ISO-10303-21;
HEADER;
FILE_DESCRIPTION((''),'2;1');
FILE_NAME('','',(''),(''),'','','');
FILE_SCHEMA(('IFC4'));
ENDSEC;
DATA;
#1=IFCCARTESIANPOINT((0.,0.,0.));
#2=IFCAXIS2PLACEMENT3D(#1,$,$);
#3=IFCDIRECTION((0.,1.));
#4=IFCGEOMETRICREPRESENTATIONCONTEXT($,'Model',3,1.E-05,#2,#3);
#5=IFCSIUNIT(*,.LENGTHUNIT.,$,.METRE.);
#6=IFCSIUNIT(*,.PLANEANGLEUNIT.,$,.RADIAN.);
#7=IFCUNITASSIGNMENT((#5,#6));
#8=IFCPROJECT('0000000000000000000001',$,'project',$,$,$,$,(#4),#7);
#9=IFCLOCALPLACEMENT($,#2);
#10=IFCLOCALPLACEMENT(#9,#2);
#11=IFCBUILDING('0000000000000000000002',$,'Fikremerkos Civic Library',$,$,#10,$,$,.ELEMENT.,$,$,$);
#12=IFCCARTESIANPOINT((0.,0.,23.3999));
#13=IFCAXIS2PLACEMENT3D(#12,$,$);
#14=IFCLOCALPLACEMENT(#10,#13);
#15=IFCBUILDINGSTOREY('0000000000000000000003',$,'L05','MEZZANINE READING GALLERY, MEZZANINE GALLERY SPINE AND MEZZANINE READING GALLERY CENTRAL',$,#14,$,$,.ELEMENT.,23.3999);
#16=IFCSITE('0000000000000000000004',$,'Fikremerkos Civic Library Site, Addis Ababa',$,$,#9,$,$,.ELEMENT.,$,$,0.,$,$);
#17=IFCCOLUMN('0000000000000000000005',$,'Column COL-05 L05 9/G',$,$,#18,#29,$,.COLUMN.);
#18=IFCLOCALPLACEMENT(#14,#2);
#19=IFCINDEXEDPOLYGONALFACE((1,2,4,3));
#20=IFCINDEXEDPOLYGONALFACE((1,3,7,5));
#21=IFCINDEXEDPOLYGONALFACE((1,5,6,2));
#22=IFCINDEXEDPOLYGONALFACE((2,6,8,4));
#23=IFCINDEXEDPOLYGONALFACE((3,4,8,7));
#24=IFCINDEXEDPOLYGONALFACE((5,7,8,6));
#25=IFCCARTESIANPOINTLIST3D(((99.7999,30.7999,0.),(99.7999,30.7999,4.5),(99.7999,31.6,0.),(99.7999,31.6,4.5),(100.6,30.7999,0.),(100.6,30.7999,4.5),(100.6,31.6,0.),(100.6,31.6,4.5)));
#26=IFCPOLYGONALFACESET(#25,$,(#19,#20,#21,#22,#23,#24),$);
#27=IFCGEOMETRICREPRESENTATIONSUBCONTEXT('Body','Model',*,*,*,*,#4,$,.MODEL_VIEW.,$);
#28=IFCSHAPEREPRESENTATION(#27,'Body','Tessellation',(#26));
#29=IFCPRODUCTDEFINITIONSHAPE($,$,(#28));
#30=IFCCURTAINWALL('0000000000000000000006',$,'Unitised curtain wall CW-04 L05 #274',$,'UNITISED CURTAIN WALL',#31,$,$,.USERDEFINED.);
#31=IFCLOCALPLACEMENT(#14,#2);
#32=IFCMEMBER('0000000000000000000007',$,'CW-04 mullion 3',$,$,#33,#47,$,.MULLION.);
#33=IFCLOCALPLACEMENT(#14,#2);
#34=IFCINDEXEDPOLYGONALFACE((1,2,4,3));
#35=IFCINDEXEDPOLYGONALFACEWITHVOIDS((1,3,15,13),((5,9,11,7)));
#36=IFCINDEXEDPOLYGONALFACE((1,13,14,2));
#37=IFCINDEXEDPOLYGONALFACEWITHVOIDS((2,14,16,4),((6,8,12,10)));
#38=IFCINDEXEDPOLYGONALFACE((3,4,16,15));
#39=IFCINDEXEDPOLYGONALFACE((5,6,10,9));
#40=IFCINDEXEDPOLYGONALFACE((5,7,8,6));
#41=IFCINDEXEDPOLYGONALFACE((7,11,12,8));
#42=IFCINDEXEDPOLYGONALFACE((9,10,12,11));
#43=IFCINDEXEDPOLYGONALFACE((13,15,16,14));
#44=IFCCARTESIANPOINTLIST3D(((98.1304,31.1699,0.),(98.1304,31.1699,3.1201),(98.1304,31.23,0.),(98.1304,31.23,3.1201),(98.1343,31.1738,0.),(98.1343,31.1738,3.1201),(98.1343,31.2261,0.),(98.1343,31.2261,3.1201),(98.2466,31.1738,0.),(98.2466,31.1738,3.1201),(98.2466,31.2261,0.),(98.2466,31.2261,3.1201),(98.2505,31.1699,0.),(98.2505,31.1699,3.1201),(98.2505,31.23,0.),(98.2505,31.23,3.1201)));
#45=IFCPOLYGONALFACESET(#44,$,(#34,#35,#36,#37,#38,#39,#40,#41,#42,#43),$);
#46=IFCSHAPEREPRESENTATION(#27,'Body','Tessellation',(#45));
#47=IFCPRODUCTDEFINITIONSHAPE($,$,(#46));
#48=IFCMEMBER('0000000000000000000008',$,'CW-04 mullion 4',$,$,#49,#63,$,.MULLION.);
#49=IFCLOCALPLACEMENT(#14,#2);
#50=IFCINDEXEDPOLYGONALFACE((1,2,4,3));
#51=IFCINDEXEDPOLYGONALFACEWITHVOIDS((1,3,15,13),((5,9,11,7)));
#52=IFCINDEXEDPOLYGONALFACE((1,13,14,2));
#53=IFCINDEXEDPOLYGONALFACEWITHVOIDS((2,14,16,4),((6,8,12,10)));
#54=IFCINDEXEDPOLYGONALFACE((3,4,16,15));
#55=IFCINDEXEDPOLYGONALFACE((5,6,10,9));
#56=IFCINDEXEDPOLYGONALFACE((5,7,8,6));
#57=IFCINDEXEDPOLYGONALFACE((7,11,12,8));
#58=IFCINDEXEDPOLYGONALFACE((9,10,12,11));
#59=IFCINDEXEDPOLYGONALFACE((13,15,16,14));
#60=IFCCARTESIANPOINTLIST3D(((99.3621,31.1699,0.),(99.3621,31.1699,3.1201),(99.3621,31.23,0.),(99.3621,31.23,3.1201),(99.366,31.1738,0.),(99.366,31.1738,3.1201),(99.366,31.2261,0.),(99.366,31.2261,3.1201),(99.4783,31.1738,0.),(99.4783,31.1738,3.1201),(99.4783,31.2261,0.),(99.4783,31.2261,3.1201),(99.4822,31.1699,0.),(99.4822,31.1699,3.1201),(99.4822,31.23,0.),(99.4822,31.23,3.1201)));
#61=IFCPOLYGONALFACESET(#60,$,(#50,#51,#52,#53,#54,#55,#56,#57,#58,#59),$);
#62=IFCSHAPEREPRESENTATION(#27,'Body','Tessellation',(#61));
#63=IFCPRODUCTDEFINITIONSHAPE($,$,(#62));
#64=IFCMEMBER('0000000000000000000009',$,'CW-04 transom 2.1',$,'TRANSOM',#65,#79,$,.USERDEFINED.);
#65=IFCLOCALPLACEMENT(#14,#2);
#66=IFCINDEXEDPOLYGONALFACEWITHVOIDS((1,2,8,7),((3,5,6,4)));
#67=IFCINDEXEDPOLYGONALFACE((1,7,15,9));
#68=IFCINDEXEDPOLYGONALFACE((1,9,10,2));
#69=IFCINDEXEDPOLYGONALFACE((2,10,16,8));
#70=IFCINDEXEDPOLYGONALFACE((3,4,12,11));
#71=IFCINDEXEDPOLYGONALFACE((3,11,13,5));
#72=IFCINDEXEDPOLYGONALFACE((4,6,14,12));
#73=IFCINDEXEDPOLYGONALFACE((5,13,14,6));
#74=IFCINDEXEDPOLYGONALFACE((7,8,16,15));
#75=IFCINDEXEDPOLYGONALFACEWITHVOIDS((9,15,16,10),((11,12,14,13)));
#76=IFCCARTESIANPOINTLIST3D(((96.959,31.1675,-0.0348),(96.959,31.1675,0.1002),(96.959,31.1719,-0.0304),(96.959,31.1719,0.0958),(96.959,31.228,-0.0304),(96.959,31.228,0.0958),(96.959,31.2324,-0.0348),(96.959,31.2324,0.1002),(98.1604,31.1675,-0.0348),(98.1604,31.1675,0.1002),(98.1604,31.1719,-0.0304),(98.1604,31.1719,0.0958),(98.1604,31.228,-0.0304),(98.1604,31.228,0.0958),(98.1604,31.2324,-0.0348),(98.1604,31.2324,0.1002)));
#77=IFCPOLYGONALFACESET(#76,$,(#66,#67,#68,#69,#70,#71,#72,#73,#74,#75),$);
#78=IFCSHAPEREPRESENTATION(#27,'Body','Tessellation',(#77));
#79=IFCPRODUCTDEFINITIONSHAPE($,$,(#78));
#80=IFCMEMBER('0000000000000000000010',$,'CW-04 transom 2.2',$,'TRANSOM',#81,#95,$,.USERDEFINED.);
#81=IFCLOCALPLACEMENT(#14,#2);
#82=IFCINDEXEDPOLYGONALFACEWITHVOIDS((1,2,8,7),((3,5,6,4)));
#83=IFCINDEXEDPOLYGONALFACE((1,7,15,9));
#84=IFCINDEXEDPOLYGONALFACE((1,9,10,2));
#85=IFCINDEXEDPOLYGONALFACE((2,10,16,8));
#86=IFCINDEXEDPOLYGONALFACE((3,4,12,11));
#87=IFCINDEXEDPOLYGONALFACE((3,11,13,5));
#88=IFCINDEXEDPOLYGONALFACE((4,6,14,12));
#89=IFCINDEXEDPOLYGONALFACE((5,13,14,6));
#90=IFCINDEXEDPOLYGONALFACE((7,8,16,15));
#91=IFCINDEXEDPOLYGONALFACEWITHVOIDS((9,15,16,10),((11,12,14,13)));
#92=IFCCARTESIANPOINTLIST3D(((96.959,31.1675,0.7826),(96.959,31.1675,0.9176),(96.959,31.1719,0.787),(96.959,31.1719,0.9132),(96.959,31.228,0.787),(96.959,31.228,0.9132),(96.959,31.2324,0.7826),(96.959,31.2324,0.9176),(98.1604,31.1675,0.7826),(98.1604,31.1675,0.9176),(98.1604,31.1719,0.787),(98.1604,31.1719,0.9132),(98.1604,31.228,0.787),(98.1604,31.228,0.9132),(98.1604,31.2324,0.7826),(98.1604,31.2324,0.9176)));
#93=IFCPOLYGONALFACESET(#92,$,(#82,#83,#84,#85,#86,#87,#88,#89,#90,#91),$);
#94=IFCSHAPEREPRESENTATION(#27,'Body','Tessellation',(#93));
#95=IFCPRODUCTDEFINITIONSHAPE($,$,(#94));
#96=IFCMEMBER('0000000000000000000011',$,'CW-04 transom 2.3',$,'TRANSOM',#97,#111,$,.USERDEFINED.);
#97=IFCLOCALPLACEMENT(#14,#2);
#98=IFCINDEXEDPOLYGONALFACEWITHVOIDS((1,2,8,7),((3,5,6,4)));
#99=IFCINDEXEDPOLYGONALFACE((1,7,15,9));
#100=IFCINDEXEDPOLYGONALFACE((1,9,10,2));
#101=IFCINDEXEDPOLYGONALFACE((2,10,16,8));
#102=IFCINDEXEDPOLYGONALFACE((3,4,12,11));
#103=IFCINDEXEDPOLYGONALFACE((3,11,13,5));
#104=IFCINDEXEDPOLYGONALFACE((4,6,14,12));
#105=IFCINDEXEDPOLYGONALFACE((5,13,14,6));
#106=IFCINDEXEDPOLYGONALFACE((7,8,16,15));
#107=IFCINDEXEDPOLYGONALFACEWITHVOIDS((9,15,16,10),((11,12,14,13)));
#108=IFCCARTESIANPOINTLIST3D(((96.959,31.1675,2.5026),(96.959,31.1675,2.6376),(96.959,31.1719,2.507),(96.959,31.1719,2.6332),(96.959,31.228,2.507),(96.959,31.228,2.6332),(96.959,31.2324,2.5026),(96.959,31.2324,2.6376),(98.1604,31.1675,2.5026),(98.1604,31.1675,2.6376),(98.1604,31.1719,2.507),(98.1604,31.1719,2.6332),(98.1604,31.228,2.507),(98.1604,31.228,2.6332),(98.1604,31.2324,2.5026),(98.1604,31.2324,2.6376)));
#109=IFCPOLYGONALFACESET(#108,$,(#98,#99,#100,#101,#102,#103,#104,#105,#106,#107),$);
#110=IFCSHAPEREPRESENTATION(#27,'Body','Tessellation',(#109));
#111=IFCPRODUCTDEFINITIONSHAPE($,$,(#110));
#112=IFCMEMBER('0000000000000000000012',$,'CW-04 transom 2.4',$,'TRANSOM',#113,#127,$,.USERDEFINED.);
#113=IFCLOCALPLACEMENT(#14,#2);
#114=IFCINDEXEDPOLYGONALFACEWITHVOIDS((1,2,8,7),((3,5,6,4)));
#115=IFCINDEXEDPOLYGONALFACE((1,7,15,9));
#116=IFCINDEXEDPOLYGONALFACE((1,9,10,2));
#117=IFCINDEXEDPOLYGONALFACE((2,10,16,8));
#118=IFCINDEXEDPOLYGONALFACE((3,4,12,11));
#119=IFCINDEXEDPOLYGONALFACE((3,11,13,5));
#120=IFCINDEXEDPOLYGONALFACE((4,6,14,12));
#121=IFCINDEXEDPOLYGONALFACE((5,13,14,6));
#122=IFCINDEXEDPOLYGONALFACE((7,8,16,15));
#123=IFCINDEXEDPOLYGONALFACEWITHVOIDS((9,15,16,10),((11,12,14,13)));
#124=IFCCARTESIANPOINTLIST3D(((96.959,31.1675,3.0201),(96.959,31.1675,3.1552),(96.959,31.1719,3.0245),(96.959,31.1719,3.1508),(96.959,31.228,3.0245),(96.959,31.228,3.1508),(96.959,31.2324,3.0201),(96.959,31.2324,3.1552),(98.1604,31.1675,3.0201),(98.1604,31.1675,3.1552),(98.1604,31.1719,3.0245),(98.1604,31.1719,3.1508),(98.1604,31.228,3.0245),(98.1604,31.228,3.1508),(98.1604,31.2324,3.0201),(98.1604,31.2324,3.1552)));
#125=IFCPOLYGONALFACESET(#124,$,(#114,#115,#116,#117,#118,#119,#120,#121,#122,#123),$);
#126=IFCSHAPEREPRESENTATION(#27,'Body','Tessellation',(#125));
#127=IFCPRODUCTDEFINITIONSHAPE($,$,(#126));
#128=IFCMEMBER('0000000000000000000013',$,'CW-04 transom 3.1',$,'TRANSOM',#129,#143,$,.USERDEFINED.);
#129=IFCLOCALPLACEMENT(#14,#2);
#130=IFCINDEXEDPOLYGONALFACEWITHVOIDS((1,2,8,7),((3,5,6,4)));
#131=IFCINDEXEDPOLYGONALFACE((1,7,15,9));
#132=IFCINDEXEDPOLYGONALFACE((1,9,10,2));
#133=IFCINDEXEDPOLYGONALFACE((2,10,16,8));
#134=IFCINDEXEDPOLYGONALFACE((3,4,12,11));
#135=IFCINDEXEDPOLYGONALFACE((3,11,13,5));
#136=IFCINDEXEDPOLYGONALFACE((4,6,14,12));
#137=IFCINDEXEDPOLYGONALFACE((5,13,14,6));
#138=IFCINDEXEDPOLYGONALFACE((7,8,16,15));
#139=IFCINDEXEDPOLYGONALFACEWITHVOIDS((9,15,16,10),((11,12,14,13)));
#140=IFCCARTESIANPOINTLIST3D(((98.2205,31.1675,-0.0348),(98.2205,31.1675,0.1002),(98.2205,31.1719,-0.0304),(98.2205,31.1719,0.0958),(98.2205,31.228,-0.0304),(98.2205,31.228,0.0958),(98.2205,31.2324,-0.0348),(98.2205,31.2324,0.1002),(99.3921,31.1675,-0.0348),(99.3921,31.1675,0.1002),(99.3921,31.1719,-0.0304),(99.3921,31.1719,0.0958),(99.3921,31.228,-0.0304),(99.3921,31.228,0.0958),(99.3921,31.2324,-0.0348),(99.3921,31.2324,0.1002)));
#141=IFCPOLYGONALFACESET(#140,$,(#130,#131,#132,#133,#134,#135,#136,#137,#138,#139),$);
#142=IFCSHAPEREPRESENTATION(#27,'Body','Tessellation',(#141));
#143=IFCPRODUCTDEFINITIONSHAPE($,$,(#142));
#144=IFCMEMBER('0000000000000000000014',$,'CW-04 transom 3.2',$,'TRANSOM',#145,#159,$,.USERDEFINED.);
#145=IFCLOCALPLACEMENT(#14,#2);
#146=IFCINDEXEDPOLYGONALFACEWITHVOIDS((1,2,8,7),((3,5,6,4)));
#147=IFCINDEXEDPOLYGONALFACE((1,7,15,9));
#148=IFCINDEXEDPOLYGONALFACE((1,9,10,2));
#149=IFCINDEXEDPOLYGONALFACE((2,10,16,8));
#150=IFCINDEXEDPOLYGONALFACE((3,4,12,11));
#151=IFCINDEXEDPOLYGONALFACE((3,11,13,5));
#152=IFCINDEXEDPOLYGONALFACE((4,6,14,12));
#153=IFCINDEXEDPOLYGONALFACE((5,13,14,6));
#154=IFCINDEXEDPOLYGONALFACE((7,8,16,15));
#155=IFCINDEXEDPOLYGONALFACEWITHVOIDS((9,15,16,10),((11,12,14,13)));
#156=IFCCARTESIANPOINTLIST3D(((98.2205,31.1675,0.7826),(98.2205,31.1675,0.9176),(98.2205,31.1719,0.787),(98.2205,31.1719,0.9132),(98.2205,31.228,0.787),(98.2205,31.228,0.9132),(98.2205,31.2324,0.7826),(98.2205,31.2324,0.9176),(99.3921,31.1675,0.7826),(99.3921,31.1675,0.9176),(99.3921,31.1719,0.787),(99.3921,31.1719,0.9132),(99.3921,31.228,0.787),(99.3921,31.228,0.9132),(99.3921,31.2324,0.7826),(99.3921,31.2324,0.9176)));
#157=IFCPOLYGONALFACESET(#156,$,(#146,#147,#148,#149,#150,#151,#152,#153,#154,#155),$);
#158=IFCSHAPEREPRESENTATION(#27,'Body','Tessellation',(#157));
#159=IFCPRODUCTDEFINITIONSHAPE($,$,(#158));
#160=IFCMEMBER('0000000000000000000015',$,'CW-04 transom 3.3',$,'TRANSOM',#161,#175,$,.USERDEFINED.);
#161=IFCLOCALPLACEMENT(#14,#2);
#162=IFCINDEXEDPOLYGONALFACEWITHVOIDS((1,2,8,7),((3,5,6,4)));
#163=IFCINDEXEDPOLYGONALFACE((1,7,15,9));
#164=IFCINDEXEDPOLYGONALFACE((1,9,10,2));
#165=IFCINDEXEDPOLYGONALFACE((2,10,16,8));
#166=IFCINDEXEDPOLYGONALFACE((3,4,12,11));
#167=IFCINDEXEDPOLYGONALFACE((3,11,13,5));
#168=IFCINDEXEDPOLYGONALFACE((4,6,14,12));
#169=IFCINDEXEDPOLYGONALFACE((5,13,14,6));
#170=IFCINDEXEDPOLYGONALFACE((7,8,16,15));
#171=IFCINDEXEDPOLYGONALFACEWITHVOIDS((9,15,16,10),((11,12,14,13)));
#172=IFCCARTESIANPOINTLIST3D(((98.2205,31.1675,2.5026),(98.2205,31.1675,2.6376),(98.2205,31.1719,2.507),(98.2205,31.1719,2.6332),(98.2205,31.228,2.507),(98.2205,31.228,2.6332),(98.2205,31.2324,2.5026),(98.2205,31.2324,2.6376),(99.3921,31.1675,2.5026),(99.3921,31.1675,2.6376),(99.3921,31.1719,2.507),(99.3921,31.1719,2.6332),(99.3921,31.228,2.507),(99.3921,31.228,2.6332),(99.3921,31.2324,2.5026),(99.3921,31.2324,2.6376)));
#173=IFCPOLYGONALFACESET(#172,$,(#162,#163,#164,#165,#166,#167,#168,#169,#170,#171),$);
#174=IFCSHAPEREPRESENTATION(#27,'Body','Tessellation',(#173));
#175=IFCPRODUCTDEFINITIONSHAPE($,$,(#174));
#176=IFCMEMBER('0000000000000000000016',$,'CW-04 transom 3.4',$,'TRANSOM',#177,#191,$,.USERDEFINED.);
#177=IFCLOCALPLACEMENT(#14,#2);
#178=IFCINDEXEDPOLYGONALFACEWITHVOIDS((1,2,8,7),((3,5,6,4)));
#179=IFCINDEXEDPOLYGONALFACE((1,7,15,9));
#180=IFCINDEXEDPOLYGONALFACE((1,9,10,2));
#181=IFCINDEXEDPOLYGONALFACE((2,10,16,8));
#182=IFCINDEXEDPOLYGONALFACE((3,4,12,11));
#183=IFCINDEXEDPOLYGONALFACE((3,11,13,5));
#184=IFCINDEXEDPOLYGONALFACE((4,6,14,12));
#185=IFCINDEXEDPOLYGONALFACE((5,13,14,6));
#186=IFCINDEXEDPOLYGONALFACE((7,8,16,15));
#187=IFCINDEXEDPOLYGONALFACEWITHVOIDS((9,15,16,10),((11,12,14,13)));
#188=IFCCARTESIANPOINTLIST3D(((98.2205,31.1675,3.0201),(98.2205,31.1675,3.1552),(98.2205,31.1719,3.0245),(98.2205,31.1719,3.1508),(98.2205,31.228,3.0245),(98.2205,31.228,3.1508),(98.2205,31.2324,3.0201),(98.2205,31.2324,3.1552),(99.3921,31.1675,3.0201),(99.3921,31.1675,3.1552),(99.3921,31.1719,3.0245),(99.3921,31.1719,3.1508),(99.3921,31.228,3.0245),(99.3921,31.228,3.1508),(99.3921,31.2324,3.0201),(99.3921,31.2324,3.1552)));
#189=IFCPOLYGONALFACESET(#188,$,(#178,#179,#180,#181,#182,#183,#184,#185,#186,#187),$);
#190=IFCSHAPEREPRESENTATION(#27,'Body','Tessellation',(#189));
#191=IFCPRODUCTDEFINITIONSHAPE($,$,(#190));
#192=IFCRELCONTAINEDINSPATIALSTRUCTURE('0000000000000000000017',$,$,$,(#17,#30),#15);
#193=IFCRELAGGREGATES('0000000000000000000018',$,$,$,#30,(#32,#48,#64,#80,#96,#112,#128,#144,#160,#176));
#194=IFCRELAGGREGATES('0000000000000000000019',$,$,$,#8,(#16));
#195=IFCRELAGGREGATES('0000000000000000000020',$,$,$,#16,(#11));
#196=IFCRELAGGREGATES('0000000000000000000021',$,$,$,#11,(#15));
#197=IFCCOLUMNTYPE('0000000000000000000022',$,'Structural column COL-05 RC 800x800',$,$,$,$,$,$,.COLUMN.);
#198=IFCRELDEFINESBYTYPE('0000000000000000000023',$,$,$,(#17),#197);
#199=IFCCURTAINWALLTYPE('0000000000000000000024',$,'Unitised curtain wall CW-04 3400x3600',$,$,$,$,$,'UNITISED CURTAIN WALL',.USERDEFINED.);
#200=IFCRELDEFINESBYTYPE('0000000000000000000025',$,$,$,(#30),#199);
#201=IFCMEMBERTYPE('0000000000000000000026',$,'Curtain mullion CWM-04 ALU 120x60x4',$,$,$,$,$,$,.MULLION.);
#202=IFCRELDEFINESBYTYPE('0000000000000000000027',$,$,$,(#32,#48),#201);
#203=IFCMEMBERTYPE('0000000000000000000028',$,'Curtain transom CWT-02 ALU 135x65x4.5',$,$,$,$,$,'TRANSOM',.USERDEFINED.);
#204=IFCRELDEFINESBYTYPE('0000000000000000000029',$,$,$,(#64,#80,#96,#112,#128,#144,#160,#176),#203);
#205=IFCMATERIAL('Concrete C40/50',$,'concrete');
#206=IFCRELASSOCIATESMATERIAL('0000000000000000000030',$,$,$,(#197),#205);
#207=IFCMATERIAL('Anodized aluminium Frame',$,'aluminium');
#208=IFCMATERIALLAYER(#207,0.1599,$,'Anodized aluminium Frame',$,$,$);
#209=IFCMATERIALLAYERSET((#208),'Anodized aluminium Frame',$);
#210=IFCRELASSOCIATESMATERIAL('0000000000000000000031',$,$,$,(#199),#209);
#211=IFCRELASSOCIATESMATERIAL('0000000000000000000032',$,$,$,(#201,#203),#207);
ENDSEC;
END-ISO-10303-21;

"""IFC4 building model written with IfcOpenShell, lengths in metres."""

from ifc_helpers import new_model, si_unit, direction, frame, origin, origin_2d, place, context, subcontext, project, spatial, rectangle, hollow_rectangle, extrude, material, layer, layer_set, material_profile, profile_set, type_object, element, aggregate, save


model = new_model("IFC4")

# Units and contexts
model_context = context("Model", 3, precision=1e-05, world=origin(), true_north=direction((0.0, 1.0)))
body_context = subcontext(model_context, "Body", "Model", "MODEL_VIEW")
ifc_project = project(units=[si_unit("LENGTHUNIT", "METRE"), si_unit("PLANEANGLEUNIT", "RADIAN")], contexts=[model_context])

# Site, building, storey
site_placement = place(None, origin())
site = spatial("IfcSite", under=ifc_project, at=site_placement, Name="Fikremerkos Civic Library Site, Addis Ababa", CompositionType="ELEMENT", RefElevation=0.0)
building_placement = place(site_placement, origin())
building = spatial("IfcBuilding", under=site, at=building_placement, Name="Fikremerkos Civic Library", CompositionType="ELEMENT")
storey_placement = place(building_placement, frame((0.0, 0.0, 23.3999)))
storey = spatial("IfcBuildingStorey", under=building, at=storey_placement, Name="L05", Description="MEZZANINE READING GALLERY, MEZZANINE GALLERY SPINE AND MEZZANINE READING GALLERY CENTRAL", CompositionType="ELEMENT", Elevation=23.3999)

# Column
ifc_material_1 = material(Name="Concrete C40/50", Category="concrete")
ifc_material_profile_1 = material_profile(ifc_material_1, rectangle(XDim=0.8, YDim=0.8, at=origin_2d()), Name="RC 800x800")
ifc_profile_set_1 = profile_set([ifc_material_profile_1], Name="Concrete C40/50")
column_type = type_object("IfcColumnType", Name="Structural column COL-05 RC 800x800", PredefinedType="COLUMN", material=ifc_profile_set_1)
column_placement = place(storey_placement, frame((100.2, 31.2, 0.0), z_axis=(0.0, 0.0, 1.0), x_axis=(1.0, 0.0, 0.0)))
element("IfcColumn", 1, at=column_placement, inside=storey, type_object=column_type, Name="Column COL-05 L05 9/G", PredefinedType="COLUMN", context=body_context, shape_type="SweptSolid", body=[
    extrude(rectangle(XDim=0.8, YDim=0.8, at=origin_2d()), origin(), (0.0, 0.0, 1.0), 4.5),
])

# Curtain wall, members
ifc_material_2 = material(Name="Anodized aluminium Frame", Category="aluminium")
ifc_layer_1 = layer(ifc_material_2, 0.1599, Name="Anodized aluminium Frame")
ifc_layer_set_1 = layer_set([ifc_layer_1], Name="Anodized aluminium Frame")
curtain_wall_type = type_object("IfcCurtainWallType", Name="Unitised curtain wall CW-04 3400x3600", ElementType="UNITISED CURTAIN WALL", PredefinedType="USERDEFINED", material=ifc_layer_set_1)
curtain_wall_placement = place(storey_placement, origin())
curtain_wall = element("IfcCurtainWall", 2, at=curtain_wall_placement, inside=storey, type_object=curtain_wall_type, Name="Unitised curtain wall CW-04 L05 #274", ObjectType="UNITISED CURTAIN WALL", PredefinedType="USERDEFINED")
ifc_material_profile_2 = material_profile(ifc_material_2, hollow_rectangle(XDim=0.0601, YDim=0.1201, WallThickness=0.0039, at=origin_2d()), Name="ALU 120x60x4")
ifc_profile_set_2 = profile_set([ifc_material_profile_2], Name="Anodized aluminium Frame")
member_type_1 = type_object("IfcMemberType", Name="Curtain mullion CWM-04 ALU 120x60x4", PredefinedType="MULLION", material=ifc_profile_set_2)
member_1_placement = place(storey_placement, frame((98.1904, 31.2, 0.0), z_axis=(0.0, 0.0, 1.0), x_axis=(0.0, 1.0, 0.0)))
member_1 = element("IfcMember", 3, at=member_1_placement, type_object=member_type_1, Name="CW-04 mullion 3", PredefinedType="MULLION", context=body_context, shape_type="SweptSolid", body=[
    extrude(hollow_rectangle(XDim=0.0601, YDim=0.1201, WallThickness=0.0039, at=origin_2d()), origin(), (0.0, 0.0, 1.0), 3.1201),
])
member_2_placement = place(storey_placement, frame((99.4221, 31.2, 0.0), z_axis=(0.0, 0.0, 1.0), x_axis=(0.0, 1.0, 0.0)))
member_2 = element("IfcMember", 4, at=member_2_placement, type_object=member_type_1, Name="CW-04 mullion 4", PredefinedType="MULLION", context=body_context, shape_type="SweptSolid", body=[
    extrude(hollow_rectangle(XDim=0.0601, YDim=0.1201, WallThickness=0.0039, at=origin_2d()), origin(), (0.0, 0.0, 1.0), 3.1201),
])
ifc_material_profile_3 = material_profile(ifc_material_2, hollow_rectangle(XDim=0.0649, YDim=0.135, WallThickness=0.0044, at=origin_2d()), Name="ALU 135x65x4.5")
ifc_profile_set_3 = profile_set([ifc_material_profile_3], Name="Anodized aluminium Frame")
member_type_2 = type_object("IfcMemberType", Name="Curtain transom CWT-02 ALU 135x65x4.5", ElementType="TRANSOM", PredefinedType="USERDEFINED", material=ifc_profile_set_3)
member_3_placement = place(storey_placement, frame((96.959, 31.2, 0.0327), z_axis=(1.0, 0.0, 0.0), x_axis=(0.0, 1.0, 0.0)))
member_3 = element("IfcMember", 5, at=member_3_placement, type_object=member_type_2, Name="CW-04 transom 2.1", ObjectType="TRANSOM", PredefinedType="USERDEFINED", context=body_context, shape_type="SweptSolid", body=[
    extrude(hollow_rectangle(XDim=0.0649, YDim=0.135, WallThickness=0.0044, at=origin_2d()), origin(), (0.0, 0.0, 1.0), 1.2014),
])
member_4_placement = place(storey_placement, frame((96.959, 31.2, 0.8501), z_axis=(1.0, 0.0, 0.0), x_axis=(0.0, 1.0, 0.0)))
member_4 = element("IfcMember", 6, at=member_4_placement, type_object=member_type_2, Name="CW-04 transom 2.2", ObjectType="TRANSOM", PredefinedType="USERDEFINED", context=body_context, shape_type="SweptSolid", body=[
    extrude(hollow_rectangle(XDim=0.0649, YDim=0.135, WallThickness=0.0044, at=origin_2d()), origin(), (0.0, 0.0, 1.0), 1.2014),
])
member_5_placement = place(storey_placement, frame((96.959, 31.2, 2.5701), z_axis=(1.0, 0.0, 0.0), x_axis=(0.0, 1.0, 0.0)))
member_5 = element("IfcMember", 7, at=member_5_placement, type_object=member_type_2, Name="CW-04 transom 2.3", ObjectType="TRANSOM", PredefinedType="USERDEFINED", context=body_context, shape_type="SweptSolid", body=[
    extrude(hollow_rectangle(XDim=0.0649, YDim=0.135, WallThickness=0.0044, at=origin_2d()), origin(), (0.0, 0.0, 1.0), 1.2014),
])
member_6_placement = place(storey_placement, frame((96.959, 31.2, 3.0876), z_axis=(1.0, 0.0, 0.0), x_axis=(0.0, 1.0, 0.0)))
member_6 = element("IfcMember", 8, at=member_6_placement, type_object=member_type_2, Name="CW-04 transom 2.4", ObjectType="TRANSOM", PredefinedType="USERDEFINED", context=body_context, shape_type="SweptSolid", body=[
    extrude(hollow_rectangle(XDim=0.0649, YDim=0.135, WallThickness=0.0044, at=origin_2d()), origin(), (0.0, 0.0, 1.0), 1.2014),
])
member_7_placement = place(storey_placement, frame((98.2205, 31.2, 0.0327), z_axis=(1.0, 0.0, 0.0), x_axis=(0.0, 1.0, 0.0)))
member_7 = element("IfcMember", 9, at=member_7_placement, type_object=member_type_2, Name="CW-04 transom 3.1", ObjectType="TRANSOM", PredefinedType="USERDEFINED", context=body_context, shape_type="SweptSolid", body=[
    extrude(hollow_rectangle(XDim=0.0649, YDim=0.135, WallThickness=0.0044, at=origin_2d()), origin(), (0.0, 0.0, 1.0), 1.1716),
])
member_8_placement = place(storey_placement, frame((98.2205, 31.2, 0.8501), z_axis=(1.0, 0.0, 0.0), x_axis=(0.0, 1.0, 0.0)))
member_8 = element("IfcMember", 10, at=member_8_placement, type_object=member_type_2, Name="CW-04 transom 3.2", ObjectType="TRANSOM", PredefinedType="USERDEFINED", context=body_context, shape_type="SweptSolid", body=[
    extrude(hollow_rectangle(XDim=0.0649, YDim=0.135, WallThickness=0.0044, at=origin_2d()), origin(), (0.0, 0.0, 1.0), 1.1716),
])
member_9_placement = place(storey_placement, frame((98.2205, 31.2, 2.5701), z_axis=(1.0, 0.0, 0.0), x_axis=(0.0, 1.0, 0.0)))
member_9 = element("IfcMember", 11, at=member_9_placement, type_object=member_type_2, Name="CW-04 transom 3.3", ObjectType="TRANSOM", PredefinedType="USERDEFINED", context=body_context, shape_type="SweptSolid", body=[
    extrude(hollow_rectangle(XDim=0.0649, YDim=0.135, WallThickness=0.0044, at=origin_2d()), origin(), (0.0, 0.0, 1.0), 1.1716),
])
member_10_placement = place(storey_placement, frame((98.2205, 31.2, 3.0876), z_axis=(1.0, 0.0, 0.0), x_axis=(0.0, 1.0, 0.0)))
member_10 = element("IfcMember", 12, at=member_10_placement, type_object=member_type_2, Name="CW-04 transom 3.4", ObjectType="TRANSOM", PredefinedType="USERDEFINED", context=body_context, shape_type="SweptSolid", body=[
    extrude(hollow_rectangle(XDim=0.0649, YDim=0.135, WallThickness=0.0044, at=origin_2d()), origin(), (0.0, 0.0, 1.0), 1.1716),
])

aggregate(curtain_wall, [member_1, member_2, member_3, member_4, member_5, member_6, member_7, member_8, member_9, member_10])

save(model, "model.ifc")
